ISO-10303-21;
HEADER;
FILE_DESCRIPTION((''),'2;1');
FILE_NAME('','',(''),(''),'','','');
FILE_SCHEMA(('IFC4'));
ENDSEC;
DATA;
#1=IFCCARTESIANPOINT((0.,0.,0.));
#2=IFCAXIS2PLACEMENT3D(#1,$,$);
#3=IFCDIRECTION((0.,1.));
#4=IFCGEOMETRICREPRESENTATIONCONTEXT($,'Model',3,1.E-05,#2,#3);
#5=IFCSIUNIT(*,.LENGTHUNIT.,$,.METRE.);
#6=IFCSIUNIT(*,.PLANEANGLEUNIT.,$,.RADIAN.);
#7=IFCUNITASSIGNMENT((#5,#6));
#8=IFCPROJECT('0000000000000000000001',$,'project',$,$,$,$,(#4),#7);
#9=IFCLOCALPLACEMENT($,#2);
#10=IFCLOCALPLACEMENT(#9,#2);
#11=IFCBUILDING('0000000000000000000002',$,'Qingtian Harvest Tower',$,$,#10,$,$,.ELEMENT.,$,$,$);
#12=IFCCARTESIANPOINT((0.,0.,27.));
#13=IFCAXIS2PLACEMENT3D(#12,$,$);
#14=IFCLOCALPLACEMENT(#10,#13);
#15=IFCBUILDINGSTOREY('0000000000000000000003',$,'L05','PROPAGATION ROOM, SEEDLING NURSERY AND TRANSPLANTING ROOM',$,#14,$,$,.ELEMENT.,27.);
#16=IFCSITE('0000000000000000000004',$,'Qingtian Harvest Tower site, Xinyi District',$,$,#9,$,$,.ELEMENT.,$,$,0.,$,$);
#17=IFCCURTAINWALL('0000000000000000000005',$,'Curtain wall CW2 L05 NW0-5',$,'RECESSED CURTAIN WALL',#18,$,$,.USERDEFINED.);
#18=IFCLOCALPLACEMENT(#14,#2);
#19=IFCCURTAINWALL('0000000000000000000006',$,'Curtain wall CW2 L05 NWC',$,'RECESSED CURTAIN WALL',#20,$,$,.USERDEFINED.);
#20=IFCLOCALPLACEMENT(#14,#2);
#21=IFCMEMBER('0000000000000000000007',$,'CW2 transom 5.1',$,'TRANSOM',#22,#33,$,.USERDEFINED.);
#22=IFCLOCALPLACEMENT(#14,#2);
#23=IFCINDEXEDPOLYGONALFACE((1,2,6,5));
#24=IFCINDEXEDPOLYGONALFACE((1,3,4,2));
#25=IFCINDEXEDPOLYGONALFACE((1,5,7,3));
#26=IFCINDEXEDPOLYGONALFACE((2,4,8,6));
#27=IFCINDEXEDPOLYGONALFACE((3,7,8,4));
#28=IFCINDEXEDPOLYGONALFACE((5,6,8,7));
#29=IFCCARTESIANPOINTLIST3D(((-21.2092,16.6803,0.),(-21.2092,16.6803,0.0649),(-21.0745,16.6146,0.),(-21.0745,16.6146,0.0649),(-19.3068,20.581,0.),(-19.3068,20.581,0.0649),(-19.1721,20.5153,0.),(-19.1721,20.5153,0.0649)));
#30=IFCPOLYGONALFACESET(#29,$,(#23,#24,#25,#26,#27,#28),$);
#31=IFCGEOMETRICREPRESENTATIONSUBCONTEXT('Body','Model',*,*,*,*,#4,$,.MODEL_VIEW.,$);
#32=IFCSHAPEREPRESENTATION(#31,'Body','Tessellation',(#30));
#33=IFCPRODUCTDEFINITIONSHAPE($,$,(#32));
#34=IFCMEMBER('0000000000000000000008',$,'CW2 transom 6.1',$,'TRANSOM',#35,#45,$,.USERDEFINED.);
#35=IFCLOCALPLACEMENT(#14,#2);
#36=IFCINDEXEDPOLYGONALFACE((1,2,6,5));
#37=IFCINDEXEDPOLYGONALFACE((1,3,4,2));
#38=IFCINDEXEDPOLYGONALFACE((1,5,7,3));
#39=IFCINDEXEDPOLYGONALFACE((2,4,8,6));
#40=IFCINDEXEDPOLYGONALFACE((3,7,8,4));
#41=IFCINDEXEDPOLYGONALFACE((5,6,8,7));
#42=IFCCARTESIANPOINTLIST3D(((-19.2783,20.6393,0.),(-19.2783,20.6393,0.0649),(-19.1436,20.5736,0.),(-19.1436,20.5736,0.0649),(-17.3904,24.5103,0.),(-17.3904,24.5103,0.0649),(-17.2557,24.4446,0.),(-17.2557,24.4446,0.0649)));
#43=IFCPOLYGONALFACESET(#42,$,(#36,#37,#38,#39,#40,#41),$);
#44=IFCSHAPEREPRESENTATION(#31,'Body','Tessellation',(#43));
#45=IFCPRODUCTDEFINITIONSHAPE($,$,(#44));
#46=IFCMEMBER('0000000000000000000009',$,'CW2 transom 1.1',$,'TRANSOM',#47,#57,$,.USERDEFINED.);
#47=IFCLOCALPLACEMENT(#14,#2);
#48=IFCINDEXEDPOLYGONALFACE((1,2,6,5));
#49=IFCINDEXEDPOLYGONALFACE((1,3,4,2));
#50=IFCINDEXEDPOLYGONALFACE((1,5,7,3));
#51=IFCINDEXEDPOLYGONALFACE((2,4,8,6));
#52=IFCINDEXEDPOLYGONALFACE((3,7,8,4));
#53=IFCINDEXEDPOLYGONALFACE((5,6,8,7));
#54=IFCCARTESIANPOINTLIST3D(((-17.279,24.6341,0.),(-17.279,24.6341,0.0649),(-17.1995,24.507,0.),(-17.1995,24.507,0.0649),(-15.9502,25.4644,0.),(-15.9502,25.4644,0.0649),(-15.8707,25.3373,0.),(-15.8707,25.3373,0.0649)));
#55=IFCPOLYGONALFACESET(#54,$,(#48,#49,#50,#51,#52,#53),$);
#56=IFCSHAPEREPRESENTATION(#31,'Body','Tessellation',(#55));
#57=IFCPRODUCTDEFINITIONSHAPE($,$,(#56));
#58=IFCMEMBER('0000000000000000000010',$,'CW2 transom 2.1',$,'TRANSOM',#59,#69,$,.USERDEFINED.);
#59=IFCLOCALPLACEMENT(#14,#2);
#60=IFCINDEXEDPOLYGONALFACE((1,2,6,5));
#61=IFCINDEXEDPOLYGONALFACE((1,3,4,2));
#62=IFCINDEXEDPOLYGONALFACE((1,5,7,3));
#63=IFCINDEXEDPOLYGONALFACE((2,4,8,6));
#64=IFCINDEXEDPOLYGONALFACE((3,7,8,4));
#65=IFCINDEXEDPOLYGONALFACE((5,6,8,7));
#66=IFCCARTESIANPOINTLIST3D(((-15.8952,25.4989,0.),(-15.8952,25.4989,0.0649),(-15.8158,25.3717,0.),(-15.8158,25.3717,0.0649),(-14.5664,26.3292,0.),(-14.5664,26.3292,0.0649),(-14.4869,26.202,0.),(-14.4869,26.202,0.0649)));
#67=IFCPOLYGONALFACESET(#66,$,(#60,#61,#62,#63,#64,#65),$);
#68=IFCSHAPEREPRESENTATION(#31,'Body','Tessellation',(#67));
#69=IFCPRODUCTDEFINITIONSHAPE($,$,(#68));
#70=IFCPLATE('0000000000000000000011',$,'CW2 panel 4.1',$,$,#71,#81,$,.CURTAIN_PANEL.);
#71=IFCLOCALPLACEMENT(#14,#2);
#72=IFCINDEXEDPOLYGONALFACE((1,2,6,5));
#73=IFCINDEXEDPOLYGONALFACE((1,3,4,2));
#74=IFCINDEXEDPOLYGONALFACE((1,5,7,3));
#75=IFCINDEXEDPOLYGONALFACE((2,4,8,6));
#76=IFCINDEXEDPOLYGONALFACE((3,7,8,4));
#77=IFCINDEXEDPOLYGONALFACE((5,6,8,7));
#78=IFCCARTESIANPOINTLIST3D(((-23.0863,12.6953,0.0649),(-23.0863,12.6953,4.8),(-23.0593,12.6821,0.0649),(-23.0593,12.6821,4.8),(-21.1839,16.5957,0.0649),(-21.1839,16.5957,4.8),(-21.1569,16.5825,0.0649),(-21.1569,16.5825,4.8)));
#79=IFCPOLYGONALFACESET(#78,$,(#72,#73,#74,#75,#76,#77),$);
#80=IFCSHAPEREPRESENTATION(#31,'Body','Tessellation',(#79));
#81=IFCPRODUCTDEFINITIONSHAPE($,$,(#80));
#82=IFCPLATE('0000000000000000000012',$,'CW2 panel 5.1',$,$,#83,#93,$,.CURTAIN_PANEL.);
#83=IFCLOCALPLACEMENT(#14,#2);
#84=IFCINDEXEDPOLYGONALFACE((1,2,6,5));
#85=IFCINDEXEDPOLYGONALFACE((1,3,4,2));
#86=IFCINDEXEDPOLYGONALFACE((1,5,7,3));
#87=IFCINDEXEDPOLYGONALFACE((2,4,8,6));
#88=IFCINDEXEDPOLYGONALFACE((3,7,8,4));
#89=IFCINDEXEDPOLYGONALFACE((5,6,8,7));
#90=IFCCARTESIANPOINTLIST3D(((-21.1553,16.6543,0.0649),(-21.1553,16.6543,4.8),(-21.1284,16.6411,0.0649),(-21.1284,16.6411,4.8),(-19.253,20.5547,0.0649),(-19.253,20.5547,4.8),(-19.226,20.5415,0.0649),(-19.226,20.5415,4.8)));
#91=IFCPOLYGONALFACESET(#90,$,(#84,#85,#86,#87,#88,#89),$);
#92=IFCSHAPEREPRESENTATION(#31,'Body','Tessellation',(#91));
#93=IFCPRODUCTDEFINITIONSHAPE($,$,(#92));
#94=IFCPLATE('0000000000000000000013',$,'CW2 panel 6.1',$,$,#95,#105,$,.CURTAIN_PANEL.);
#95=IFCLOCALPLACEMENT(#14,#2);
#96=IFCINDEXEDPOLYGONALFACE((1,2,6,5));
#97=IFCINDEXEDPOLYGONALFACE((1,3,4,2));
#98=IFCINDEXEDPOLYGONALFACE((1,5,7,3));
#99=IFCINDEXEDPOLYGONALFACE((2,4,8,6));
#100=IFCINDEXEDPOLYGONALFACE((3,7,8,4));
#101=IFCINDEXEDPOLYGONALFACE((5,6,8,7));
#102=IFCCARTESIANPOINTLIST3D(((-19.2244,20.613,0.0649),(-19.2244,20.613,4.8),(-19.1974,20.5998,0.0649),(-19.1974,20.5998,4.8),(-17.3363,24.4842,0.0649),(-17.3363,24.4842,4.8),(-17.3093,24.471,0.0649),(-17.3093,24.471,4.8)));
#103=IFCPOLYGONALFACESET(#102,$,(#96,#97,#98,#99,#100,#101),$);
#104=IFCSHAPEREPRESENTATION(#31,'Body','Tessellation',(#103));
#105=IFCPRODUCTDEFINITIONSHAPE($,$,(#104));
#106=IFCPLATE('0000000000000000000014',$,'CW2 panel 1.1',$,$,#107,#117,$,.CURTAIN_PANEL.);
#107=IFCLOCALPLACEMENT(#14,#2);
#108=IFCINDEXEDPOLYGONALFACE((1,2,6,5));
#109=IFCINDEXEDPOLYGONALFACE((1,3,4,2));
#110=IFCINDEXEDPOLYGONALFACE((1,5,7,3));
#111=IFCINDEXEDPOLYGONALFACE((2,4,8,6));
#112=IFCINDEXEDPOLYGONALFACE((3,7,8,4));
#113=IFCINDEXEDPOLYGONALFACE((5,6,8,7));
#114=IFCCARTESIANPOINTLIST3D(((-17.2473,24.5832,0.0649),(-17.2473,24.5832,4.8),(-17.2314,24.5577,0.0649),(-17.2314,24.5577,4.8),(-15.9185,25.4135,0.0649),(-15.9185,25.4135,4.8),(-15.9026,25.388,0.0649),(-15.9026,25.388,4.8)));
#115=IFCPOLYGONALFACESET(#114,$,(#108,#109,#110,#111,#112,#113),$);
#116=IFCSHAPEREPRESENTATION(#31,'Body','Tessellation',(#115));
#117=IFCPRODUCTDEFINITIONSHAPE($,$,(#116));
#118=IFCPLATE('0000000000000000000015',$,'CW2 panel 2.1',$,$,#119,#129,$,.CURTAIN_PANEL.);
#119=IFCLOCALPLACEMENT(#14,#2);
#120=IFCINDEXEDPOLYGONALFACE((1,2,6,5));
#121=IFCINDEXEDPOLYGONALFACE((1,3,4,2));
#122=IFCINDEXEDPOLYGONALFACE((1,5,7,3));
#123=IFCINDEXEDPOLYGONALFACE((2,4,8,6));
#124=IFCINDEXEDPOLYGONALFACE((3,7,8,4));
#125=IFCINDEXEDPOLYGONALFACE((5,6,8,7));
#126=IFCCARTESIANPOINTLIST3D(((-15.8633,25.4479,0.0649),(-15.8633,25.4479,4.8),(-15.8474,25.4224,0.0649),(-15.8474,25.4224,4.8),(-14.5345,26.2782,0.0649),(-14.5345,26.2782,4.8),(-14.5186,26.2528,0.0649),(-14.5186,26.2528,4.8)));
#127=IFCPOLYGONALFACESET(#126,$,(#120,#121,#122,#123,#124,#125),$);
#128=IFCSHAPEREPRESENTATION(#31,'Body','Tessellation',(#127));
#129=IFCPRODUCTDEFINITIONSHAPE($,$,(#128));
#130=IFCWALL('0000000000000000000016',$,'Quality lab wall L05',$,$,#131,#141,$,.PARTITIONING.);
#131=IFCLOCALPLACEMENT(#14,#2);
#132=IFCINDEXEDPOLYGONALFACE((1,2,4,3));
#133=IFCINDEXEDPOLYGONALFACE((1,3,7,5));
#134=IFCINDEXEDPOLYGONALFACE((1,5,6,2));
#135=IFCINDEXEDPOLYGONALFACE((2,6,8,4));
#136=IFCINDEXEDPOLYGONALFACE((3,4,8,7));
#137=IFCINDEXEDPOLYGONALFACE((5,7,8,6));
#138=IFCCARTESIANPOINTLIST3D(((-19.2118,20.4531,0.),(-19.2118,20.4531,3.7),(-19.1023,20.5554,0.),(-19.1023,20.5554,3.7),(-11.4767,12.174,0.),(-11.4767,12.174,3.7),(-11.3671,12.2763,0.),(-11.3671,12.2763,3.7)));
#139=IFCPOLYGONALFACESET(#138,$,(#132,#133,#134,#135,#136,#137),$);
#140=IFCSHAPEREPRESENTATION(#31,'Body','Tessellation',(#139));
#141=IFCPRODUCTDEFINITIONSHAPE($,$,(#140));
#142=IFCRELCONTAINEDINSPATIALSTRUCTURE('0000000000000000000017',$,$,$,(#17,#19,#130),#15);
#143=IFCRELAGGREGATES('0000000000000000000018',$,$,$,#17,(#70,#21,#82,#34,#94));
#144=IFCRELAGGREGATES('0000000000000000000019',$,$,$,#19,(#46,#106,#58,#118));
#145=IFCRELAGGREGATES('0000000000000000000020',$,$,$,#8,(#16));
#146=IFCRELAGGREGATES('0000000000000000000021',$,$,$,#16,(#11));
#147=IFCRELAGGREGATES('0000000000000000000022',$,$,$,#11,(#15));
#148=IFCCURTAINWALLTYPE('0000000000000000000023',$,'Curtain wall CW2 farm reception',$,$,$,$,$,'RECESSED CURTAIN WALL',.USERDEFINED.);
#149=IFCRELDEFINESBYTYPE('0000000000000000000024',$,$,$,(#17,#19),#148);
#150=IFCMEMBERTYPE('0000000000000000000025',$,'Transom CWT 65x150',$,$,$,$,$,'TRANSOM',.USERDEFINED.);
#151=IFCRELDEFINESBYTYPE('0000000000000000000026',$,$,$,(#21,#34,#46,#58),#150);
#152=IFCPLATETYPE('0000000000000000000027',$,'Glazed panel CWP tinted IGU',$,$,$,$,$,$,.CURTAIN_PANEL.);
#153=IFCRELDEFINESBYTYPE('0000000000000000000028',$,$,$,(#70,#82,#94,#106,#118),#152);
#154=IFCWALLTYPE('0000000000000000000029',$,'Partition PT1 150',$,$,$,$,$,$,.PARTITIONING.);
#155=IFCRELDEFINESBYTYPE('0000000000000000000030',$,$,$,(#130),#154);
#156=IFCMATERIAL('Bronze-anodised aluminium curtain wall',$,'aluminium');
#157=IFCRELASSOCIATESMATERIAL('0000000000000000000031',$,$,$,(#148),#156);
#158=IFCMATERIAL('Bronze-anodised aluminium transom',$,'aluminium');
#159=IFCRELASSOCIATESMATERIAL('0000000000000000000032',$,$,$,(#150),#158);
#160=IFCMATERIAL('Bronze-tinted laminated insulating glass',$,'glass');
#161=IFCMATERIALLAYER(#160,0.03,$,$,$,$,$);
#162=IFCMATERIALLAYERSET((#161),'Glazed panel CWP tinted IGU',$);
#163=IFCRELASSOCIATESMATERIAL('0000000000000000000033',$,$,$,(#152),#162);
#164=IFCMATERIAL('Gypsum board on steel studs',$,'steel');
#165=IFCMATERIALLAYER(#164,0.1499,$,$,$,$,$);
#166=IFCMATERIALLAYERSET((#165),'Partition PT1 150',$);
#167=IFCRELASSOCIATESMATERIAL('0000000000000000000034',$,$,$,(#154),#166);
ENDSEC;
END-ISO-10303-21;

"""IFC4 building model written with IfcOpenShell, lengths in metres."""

from ifc_helpers import new_model, si_unit, direction, frame, frame_2d, origin, origin_2d, place, context, subcontext, project, spatial, rectangle, extrude, material, layer, layer_set, material_profile, profile_set, type_object, element, aggregate, save


model = new_model("IFC4")

# Units and contexts
model_context = context("Model", 3, precision=1e-05, world=origin(), true_north=direction((0.0, 1.0)))
body_context = subcontext(model_context, "Body", "Model", "MODEL_VIEW")
ifc_project = project(units=[si_unit("LENGTHUNIT", "METRE"), si_unit("PLANEANGLEUNIT", "RADIAN")], contexts=[model_context])

# Site, building, storey
site_placement = place(None, origin())
site = spatial("IfcSite", under=ifc_project, at=site_placement, Name="Qingtian Harvest Tower site, Xinyi District", CompositionType="ELEMENT", RefElevation=0.0)
building_placement = place(site_placement, origin())
building = spatial("IfcBuilding", under=site, at=building_placement, Name="Qingtian Harvest Tower", CompositionType="ELEMENT")
storey_placement = place(building_placement, frame((0.0, 0.0, 27.0)))
storey = spatial("IfcBuildingStorey", under=building, at=storey_placement, Name="L05", Description="PROPAGATION ROOM, SEEDLING NURSERY AND TRANSPLANTING ROOM", CompositionType="ELEMENT", Elevation=27.0)

# Curtain walls
ifc_material_1 = material(Name="Bronze-anodised aluminium curtain wall", Category="aluminium")
curtain_wall_type = type_object("IfcCurtainWallType", Name="Curtain wall CW2 farm reception", ElementType="RECESSED CURTAIN WALL", PredefinedType="USERDEFINED", material=ifc_material_1)
curtain_wall_1_placement = place(storey_placement, origin())
curtain_wall_1 = element("IfcCurtainWall", 1, at=curtain_wall_1_placement, inside=storey, type_object=curtain_wall_type, Name="Curtain wall CW2 L05 NW0-5", ObjectType="RECESSED CURTAIN WALL", PredefinedType="USERDEFINED")
curtain_wall_2_placement = place(storey_placement, origin())
curtain_wall_2 = element("IfcCurtainWall", 2, at=curtain_wall_2_placement, inside=storey, type_object=curtain_wall_type, Name="Curtain wall CW2 L05 NWC", ObjectType="RECESSED CURTAIN WALL", PredefinedType="USERDEFINED")

# Members
ifc_material_2 = material(Name="Bronze-anodised aluminium transom", Category="aluminium")
ifc_material_profile_1 = material_profile(ifc_material_2, rectangle(XDim=0.1499, YDim=0.0649, at=origin_2d()), Name="AL 65x150")
ifc_profile_set_1 = profile_set([ifc_material_profile_1], Name="Bronze-anodised aluminium transom")
member_type_1 = type_object("IfcMemberType", Name="Transom CWT 65x150", ElementType="TRANSOM", PredefinedType="USERDEFINED", material=ifc_profile_set_1)
member_1_placement = place(storey_placement, frame((-21.1418, 16.6475, 0.0325), z_axis=(0.438348, 0.898805, 0.0), x_axis=(-0.898805, 0.438348, 0.0)))
member_1 = element("IfcMember", 3, at=member_1_placement, type_object=member_type_1, Name="CW2 transom 5.1", ObjectType="TRANSOM", PredefinedType="USERDEFINED", context=body_context, shape_type="SweptSolid", body=[
    extrude(rectangle(XDim=0.1499, YDim=0.0649, at=origin_2d()), origin(), (0.0, 0.0, 1.0), 4.3398),
])
member_2_placement = place(storey_placement, frame((-19.2109, 20.6064, 0.0325), z_axis=(0.438349, 0.898805, 0.0), x_axis=(-0.898805, 0.438349, 0.0)))
member_2 = element("IfcMember", 4, at=member_2_placement, type_object=member_type_1, Name="CW2 transom 6.1", ObjectType="TRANSOM", PredefinedType="USERDEFINED", context=body_context, shape_type="SweptSolid", body=[
    extrude(rectangle(XDim=0.1499, YDim=0.0649, at=origin_2d()), origin(), (0.0, 0.0, 1.0), 4.3069),
])
member_3_placement = place(storey_placement, frame((-17.2393, 24.5706, 0.0325), z_axis=(0.84806, 0.529901, 0.0), x_axis=(-0.529901, 0.84806, 0.0)))
member_3 = element("IfcMember", 5, at=member_3_placement, type_object=member_type_1, Name="CW2 transom 1.1", ObjectType="TRANSOM", PredefinedType="USERDEFINED", context=body_context, shape_type="SweptSolid", body=[
    extrude(rectangle(XDim=0.1499, YDim=0.0649, at=origin_2d()), origin(), (0.0, 0.0, 1.0), 1.5669),
])
member_4_placement = place(storey_placement, frame((-15.8555, 25.4353, 0.0325), z_axis=(0.84806, 0.529901, 0.0), x_axis=(-0.529901, 0.84806, 0.0)))
member_4 = element("IfcMember", 6, at=member_4_placement, type_object=member_type_1, Name="CW2 transom 2.1", ObjectType="TRANSOM", PredefinedType="USERDEFINED", context=body_context, shape_type="SweptSolid", body=[
    extrude(rectangle(XDim=0.1499, YDim=0.0649, at=origin_2d()), origin(), (0.0, 0.0, 1.0), 1.5669),
])

# Plates
ifc_material_3 = material(Name="Bronze-tinted laminated insulating glass", Category="glass")
ifc_layer_1 = layer(ifc_material_3, 0.03)
ifc_layer_set_1 = layer_set([ifc_layer_1], Name="Glazed panel CWP tinted IGU")
plate_type = type_object("IfcPlateType", Name="Glazed panel CWP tinted IGU", PredefinedType="CURTAIN_PANEL", material=ifc_layer_set_1)
plate_1_placement = place(storey_placement, frame((-22.1216, 14.6389, 0.0649), z_axis=(0.0, 0.0, 1.0), x_axis=(0.438371, 0.898794, 0.0)))
plate_1 = element("IfcPlate", 7, at=plate_1_placement, type_object=plate_type, Name="CW2 panel 4.1", PredefinedType="CURTAIN_PANEL", context=body_context, shape_type="SweptSolid", body=[
    extrude(rectangle(XDim=4.3396, YDim=0.03, at=origin_2d()), origin(), (0.0, 0.0, 1.0), 4.7351),
])
plate_2_placement = place(storey_placement, frame((-20.1907, 18.5979, 0.0649), z_axis=(0.0, 0.0, 1.0), x_axis=(0.438371, 0.898794, 0.0)))
plate_2 = element("IfcPlate", 8, at=plate_2_placement, type_object=plate_type, Name="CW2 panel 5.1", PredefinedType="CURTAIN_PANEL", context=body_context, shape_type="SweptSolid", body=[
    extrude(rectangle(XDim=4.3396, YDim=0.03, at=origin_2d()), origin(), (0.0, 0.0, 1.0), 4.7351),
])
plate_3_placement = place(storey_placement, frame((-18.2668, 22.542, 0.0649), z_axis=(0.0, 0.0, 1.0), x_axis=(0.438371, 0.898794, 0.0)))
plate_3 = element("IfcPlate", 9, at=plate_3_placement, type_object=plate_type, Name="CW2 panel 6.1", PredefinedType="CURTAIN_PANEL", context=body_context, shape_type="SweptSolid", body=[
    extrude(rectangle(XDim=4.3071, YDim=0.03, at=origin_2d()), origin(), (0.0, 0.0, 1.0), 4.7351),
])
aggregate(curtain_wall_1, [plate_1, member_1, plate_2, member_2, plate_3])
plate_4_placement = place(storey_placement, frame((-16.575, 24.9856, 0.0649), z_axis=(0.0, 0.0, 1.0), x_axis=(0.848048, 0.529919, 0.0)))
plate_4 = element("IfcPlate", 10, at=plate_4_placement, type_object=plate_type, Name="CW2 panel 1.1", PredefinedType="CURTAIN_PANEL", context=body_context, shape_type="SweptSolid", body=[
    extrude(rectangle(XDim=1.5669, YDim=0.03, at=origin_2d()), origin(), (0.0, 0.0, 1.0), 4.7351),
])
plate_5_placement = place(storey_placement, frame((-15.1909, 25.8503, 0.0649), z_axis=(0.0, 0.0, 1.0), x_axis=(0.848048, 0.529919, 0.0)))
plate_5 = element("IfcPlate", 11, at=plate_5_placement, type_object=plate_type, Name="CW2 panel 2.1", PredefinedType="CURTAIN_PANEL", context=body_context, shape_type="SweptSolid", body=[
    extrude(rectangle(XDim=1.5669, YDim=0.03, at=origin_2d()), origin(), (0.0, 0.0, 1.0), 4.7351),
])
aggregate(curtain_wall_2, [member_3, plate_4, member_4, plate_5])

# Wall
ifc_material_4 = material(Name="Gypsum board on steel studs", Category="steel")
ifc_layer_2 = layer(ifc_material_4, 0.1499)
ifc_layer_set_2 = layer_set([ifc_layer_2], Name="Partition PT1 150")
wall_type = type_object("IfcWallType", Name="Partition PT1 150", PredefinedType="PARTITIONING", material=ifc_layer_set_2)
wall_placement = place(storey_placement, frame((-19.157, 20.5042, 0.0), z_axis=(0.0, 0.0, 1.0), x_axis=(0.682695, -0.730703, 0.0)))
element("IfcWall", 12, at=wall_placement, inside=storey, type_object=wall_type, Name="Quality lab wall L05", PredefinedType="PARTITIONING", context=body_context, shape_type="SweptSolid", body=[
    extrude(rectangle(XDim=11.3303, YDim=0.1499, at=frame_2d((5.665, 0.0))), origin(), (0.0, 0.0, 1.0), 3.7),
])

save(model, "model.ifc")
